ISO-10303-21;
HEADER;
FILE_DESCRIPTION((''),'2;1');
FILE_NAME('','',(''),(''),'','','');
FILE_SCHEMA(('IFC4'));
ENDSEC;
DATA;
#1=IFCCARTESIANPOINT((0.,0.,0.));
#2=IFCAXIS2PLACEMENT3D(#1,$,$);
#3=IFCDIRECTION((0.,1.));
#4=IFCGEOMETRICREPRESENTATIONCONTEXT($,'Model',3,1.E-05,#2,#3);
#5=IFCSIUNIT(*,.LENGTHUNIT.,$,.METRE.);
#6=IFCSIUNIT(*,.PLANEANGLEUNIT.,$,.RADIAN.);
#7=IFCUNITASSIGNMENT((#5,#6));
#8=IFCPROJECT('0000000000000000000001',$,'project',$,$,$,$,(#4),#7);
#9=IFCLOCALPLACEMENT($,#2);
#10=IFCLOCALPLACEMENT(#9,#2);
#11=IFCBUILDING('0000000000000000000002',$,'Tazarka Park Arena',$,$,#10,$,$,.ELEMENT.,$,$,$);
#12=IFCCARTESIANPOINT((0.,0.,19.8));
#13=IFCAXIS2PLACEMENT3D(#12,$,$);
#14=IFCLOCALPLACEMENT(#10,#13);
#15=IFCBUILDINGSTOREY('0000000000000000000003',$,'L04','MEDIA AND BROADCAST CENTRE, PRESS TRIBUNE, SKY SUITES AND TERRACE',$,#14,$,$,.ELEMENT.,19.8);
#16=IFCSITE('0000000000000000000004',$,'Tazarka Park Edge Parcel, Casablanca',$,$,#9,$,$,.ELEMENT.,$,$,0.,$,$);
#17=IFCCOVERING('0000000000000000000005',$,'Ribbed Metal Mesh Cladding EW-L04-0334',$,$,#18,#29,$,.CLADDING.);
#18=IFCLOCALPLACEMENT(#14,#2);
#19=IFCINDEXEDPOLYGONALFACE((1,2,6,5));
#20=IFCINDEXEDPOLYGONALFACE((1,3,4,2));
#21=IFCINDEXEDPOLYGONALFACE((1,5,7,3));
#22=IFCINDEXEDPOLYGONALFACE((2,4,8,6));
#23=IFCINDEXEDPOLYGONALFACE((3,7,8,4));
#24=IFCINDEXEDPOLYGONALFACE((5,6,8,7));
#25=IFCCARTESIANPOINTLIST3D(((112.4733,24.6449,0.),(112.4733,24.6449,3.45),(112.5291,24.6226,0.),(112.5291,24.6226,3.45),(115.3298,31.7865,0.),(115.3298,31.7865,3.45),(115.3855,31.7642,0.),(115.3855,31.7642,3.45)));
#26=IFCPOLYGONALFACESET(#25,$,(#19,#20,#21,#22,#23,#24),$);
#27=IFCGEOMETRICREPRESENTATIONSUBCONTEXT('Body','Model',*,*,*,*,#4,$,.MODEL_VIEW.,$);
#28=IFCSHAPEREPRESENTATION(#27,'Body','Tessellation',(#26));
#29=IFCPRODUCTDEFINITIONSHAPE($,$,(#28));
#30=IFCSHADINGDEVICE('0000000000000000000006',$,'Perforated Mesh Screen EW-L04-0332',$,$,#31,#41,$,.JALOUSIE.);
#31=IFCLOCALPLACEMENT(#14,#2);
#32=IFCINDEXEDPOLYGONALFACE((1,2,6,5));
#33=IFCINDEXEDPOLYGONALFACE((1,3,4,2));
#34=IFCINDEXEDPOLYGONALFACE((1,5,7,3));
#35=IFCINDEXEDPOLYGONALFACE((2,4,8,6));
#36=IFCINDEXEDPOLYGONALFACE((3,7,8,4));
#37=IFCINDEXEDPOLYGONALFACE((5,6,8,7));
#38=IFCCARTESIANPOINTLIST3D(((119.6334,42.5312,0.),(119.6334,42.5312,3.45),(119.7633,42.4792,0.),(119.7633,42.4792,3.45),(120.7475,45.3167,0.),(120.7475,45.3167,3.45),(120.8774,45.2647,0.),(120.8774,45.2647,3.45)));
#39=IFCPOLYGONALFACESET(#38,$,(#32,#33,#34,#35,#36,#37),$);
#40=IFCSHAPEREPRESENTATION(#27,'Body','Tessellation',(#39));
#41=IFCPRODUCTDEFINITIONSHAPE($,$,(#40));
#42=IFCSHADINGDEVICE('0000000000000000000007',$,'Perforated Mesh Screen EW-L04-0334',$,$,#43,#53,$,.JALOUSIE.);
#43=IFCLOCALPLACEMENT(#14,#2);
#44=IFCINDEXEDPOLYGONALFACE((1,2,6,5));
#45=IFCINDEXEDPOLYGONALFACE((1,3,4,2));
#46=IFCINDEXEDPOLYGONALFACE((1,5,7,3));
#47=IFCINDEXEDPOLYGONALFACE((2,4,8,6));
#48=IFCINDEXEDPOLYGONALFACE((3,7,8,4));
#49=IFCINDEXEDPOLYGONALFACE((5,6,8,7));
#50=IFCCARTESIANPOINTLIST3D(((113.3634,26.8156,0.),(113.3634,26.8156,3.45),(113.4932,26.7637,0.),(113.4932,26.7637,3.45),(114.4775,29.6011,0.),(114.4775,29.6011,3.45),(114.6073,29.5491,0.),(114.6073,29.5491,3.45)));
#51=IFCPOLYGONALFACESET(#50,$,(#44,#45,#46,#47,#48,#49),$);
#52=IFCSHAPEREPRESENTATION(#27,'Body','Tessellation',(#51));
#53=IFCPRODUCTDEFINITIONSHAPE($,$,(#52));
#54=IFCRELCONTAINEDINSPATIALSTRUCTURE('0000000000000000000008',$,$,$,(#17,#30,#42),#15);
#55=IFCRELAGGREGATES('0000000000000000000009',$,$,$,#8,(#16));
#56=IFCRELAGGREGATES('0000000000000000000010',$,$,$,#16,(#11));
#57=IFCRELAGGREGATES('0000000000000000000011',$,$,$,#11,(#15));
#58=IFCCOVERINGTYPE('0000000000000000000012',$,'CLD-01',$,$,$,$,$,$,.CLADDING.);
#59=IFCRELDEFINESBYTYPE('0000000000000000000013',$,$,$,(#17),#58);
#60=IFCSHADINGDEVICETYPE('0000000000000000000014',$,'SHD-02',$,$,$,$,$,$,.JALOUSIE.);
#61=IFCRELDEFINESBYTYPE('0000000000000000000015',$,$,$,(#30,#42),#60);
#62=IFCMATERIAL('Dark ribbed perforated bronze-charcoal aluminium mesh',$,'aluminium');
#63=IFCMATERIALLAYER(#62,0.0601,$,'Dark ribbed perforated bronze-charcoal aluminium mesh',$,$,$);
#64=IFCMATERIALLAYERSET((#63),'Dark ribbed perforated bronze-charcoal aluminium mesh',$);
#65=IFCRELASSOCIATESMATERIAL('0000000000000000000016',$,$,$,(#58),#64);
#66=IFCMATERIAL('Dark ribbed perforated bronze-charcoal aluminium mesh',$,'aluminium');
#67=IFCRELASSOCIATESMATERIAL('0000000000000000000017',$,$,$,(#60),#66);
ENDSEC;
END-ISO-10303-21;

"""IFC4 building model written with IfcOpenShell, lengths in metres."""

from ifc_helpers import new_model, si_unit, direction, frame, origin, origin_2d, place, context, subcontext, project, spatial, rectangle, extrude, material, layer, layer_set, type_object, element, save


model = new_model("IFC4")

# Units and contexts
model_context = context("Model", 3, precision=1e-05, world=origin(), true_north=direction((0.0, 1.0)))
body_context = subcontext(model_context, "Body", "Model", "MODEL_VIEW")
ifc_project = project(units=[si_unit("LENGTHUNIT", "METRE"), si_unit("PLANEANGLEUNIT", "RADIAN")], contexts=[model_context])

# Site, building, storey
site_placement = place(None, origin())
site = spatial("IfcSite", under=ifc_project, at=site_placement, Name="Tazarka Park Edge Parcel, Casablanca", CompositionType="ELEMENT", RefElevation=0.0)
building_placement = place(site_placement, origin())
building = spatial("IfcBuilding", under=site, at=building_placement, Name="Tazarka Park Arena", CompositionType="ELEMENT")
storey_placement = place(building_placement, frame((0.0, 0.0, 19.8)))
storey = spatial("IfcBuildingStorey", under=building, at=storey_placement, Name="L04", Description="MEDIA AND BROADCAST CENTRE, PRESS TRIBUNE, SKY SUITES AND TERRACE", CompositionType="ELEMENT", Elevation=19.8)

# Covering
ifc_material_1 = material(Name="Dark ribbed perforated bronze-charcoal aluminium mesh", Category="aluminium")
ifc_layer_1 = layer(ifc_material_1, 0.0601, Name="Dark ribbed perforated bronze-charcoal aluminium mesh")
ifc_layer_set_1 = layer_set([ifc_layer_1], Name="Dark ribbed perforated bronze-charcoal aluminium mesh")
covering_type = type_object("IfcCoveringType", Name="CLD-01", PredefinedType="CLADDING", material=ifc_layer_set_1)
covering_placement = place(storey_placement, frame((113.9294, 28.2046, 0.0), z_axis=(0.0, 0.0, 1.0), x_axis=(-0.371368, -0.928486, 0.0)))
element("IfcCovering", 1, at=covering_placement, inside=storey, type_object=covering_type, Name="Ribbed Metal Mesh Cladding EW-L04-0334", PredefinedType="CLADDING", context=body_context, shape_type="SweptSolid", body=[
    extrude(rectangle(XDim=7.6917, YDim=0.0601, at=origin_2d()), origin(), (0.0, 0.0, 1.0), 3.45),
])

# Shading devices
ifc_material_2 = material(Name="Dark ribbed perforated bronze-charcoal aluminium mesh", Category="aluminium")
shading_device_type = type_object("IfcShadingDeviceType", Name="SHD-02", PredefinedType="JALOUSIE", material=ifc_material_2)
for number, where, z_axis, x_axis, name in (
    (2, (120.2554, 43.8979, 0.0), (0.0, 0.0, 1.0), (-0.371368, -0.928486, 0.0), "Perforated Mesh Screen EW-L04-0332"),
    (3, (113.9854, 28.1824, 0.0), (0.0, 0.0, 1.0), (-0.371368, -0.928486, 0.0), "Perforated Mesh Screen EW-L04-0334"),
):
    element("IfcShadingDevice", number, at=place(storey_placement, frame(where, z_axis=z_axis, x_axis=x_axis)), inside=storey, type_object=shading_device_type, Name=name, PredefinedType="JALOUSIE", context=body_context, shape_type="SweptSolid", body=[
        extrude(rectangle(XDim=3.0, YDim=0.1399, at=origin_2d()), origin(), (0.0, 0.0, 1.0), 3.45),
    ])

save(model, "model.ifc")
